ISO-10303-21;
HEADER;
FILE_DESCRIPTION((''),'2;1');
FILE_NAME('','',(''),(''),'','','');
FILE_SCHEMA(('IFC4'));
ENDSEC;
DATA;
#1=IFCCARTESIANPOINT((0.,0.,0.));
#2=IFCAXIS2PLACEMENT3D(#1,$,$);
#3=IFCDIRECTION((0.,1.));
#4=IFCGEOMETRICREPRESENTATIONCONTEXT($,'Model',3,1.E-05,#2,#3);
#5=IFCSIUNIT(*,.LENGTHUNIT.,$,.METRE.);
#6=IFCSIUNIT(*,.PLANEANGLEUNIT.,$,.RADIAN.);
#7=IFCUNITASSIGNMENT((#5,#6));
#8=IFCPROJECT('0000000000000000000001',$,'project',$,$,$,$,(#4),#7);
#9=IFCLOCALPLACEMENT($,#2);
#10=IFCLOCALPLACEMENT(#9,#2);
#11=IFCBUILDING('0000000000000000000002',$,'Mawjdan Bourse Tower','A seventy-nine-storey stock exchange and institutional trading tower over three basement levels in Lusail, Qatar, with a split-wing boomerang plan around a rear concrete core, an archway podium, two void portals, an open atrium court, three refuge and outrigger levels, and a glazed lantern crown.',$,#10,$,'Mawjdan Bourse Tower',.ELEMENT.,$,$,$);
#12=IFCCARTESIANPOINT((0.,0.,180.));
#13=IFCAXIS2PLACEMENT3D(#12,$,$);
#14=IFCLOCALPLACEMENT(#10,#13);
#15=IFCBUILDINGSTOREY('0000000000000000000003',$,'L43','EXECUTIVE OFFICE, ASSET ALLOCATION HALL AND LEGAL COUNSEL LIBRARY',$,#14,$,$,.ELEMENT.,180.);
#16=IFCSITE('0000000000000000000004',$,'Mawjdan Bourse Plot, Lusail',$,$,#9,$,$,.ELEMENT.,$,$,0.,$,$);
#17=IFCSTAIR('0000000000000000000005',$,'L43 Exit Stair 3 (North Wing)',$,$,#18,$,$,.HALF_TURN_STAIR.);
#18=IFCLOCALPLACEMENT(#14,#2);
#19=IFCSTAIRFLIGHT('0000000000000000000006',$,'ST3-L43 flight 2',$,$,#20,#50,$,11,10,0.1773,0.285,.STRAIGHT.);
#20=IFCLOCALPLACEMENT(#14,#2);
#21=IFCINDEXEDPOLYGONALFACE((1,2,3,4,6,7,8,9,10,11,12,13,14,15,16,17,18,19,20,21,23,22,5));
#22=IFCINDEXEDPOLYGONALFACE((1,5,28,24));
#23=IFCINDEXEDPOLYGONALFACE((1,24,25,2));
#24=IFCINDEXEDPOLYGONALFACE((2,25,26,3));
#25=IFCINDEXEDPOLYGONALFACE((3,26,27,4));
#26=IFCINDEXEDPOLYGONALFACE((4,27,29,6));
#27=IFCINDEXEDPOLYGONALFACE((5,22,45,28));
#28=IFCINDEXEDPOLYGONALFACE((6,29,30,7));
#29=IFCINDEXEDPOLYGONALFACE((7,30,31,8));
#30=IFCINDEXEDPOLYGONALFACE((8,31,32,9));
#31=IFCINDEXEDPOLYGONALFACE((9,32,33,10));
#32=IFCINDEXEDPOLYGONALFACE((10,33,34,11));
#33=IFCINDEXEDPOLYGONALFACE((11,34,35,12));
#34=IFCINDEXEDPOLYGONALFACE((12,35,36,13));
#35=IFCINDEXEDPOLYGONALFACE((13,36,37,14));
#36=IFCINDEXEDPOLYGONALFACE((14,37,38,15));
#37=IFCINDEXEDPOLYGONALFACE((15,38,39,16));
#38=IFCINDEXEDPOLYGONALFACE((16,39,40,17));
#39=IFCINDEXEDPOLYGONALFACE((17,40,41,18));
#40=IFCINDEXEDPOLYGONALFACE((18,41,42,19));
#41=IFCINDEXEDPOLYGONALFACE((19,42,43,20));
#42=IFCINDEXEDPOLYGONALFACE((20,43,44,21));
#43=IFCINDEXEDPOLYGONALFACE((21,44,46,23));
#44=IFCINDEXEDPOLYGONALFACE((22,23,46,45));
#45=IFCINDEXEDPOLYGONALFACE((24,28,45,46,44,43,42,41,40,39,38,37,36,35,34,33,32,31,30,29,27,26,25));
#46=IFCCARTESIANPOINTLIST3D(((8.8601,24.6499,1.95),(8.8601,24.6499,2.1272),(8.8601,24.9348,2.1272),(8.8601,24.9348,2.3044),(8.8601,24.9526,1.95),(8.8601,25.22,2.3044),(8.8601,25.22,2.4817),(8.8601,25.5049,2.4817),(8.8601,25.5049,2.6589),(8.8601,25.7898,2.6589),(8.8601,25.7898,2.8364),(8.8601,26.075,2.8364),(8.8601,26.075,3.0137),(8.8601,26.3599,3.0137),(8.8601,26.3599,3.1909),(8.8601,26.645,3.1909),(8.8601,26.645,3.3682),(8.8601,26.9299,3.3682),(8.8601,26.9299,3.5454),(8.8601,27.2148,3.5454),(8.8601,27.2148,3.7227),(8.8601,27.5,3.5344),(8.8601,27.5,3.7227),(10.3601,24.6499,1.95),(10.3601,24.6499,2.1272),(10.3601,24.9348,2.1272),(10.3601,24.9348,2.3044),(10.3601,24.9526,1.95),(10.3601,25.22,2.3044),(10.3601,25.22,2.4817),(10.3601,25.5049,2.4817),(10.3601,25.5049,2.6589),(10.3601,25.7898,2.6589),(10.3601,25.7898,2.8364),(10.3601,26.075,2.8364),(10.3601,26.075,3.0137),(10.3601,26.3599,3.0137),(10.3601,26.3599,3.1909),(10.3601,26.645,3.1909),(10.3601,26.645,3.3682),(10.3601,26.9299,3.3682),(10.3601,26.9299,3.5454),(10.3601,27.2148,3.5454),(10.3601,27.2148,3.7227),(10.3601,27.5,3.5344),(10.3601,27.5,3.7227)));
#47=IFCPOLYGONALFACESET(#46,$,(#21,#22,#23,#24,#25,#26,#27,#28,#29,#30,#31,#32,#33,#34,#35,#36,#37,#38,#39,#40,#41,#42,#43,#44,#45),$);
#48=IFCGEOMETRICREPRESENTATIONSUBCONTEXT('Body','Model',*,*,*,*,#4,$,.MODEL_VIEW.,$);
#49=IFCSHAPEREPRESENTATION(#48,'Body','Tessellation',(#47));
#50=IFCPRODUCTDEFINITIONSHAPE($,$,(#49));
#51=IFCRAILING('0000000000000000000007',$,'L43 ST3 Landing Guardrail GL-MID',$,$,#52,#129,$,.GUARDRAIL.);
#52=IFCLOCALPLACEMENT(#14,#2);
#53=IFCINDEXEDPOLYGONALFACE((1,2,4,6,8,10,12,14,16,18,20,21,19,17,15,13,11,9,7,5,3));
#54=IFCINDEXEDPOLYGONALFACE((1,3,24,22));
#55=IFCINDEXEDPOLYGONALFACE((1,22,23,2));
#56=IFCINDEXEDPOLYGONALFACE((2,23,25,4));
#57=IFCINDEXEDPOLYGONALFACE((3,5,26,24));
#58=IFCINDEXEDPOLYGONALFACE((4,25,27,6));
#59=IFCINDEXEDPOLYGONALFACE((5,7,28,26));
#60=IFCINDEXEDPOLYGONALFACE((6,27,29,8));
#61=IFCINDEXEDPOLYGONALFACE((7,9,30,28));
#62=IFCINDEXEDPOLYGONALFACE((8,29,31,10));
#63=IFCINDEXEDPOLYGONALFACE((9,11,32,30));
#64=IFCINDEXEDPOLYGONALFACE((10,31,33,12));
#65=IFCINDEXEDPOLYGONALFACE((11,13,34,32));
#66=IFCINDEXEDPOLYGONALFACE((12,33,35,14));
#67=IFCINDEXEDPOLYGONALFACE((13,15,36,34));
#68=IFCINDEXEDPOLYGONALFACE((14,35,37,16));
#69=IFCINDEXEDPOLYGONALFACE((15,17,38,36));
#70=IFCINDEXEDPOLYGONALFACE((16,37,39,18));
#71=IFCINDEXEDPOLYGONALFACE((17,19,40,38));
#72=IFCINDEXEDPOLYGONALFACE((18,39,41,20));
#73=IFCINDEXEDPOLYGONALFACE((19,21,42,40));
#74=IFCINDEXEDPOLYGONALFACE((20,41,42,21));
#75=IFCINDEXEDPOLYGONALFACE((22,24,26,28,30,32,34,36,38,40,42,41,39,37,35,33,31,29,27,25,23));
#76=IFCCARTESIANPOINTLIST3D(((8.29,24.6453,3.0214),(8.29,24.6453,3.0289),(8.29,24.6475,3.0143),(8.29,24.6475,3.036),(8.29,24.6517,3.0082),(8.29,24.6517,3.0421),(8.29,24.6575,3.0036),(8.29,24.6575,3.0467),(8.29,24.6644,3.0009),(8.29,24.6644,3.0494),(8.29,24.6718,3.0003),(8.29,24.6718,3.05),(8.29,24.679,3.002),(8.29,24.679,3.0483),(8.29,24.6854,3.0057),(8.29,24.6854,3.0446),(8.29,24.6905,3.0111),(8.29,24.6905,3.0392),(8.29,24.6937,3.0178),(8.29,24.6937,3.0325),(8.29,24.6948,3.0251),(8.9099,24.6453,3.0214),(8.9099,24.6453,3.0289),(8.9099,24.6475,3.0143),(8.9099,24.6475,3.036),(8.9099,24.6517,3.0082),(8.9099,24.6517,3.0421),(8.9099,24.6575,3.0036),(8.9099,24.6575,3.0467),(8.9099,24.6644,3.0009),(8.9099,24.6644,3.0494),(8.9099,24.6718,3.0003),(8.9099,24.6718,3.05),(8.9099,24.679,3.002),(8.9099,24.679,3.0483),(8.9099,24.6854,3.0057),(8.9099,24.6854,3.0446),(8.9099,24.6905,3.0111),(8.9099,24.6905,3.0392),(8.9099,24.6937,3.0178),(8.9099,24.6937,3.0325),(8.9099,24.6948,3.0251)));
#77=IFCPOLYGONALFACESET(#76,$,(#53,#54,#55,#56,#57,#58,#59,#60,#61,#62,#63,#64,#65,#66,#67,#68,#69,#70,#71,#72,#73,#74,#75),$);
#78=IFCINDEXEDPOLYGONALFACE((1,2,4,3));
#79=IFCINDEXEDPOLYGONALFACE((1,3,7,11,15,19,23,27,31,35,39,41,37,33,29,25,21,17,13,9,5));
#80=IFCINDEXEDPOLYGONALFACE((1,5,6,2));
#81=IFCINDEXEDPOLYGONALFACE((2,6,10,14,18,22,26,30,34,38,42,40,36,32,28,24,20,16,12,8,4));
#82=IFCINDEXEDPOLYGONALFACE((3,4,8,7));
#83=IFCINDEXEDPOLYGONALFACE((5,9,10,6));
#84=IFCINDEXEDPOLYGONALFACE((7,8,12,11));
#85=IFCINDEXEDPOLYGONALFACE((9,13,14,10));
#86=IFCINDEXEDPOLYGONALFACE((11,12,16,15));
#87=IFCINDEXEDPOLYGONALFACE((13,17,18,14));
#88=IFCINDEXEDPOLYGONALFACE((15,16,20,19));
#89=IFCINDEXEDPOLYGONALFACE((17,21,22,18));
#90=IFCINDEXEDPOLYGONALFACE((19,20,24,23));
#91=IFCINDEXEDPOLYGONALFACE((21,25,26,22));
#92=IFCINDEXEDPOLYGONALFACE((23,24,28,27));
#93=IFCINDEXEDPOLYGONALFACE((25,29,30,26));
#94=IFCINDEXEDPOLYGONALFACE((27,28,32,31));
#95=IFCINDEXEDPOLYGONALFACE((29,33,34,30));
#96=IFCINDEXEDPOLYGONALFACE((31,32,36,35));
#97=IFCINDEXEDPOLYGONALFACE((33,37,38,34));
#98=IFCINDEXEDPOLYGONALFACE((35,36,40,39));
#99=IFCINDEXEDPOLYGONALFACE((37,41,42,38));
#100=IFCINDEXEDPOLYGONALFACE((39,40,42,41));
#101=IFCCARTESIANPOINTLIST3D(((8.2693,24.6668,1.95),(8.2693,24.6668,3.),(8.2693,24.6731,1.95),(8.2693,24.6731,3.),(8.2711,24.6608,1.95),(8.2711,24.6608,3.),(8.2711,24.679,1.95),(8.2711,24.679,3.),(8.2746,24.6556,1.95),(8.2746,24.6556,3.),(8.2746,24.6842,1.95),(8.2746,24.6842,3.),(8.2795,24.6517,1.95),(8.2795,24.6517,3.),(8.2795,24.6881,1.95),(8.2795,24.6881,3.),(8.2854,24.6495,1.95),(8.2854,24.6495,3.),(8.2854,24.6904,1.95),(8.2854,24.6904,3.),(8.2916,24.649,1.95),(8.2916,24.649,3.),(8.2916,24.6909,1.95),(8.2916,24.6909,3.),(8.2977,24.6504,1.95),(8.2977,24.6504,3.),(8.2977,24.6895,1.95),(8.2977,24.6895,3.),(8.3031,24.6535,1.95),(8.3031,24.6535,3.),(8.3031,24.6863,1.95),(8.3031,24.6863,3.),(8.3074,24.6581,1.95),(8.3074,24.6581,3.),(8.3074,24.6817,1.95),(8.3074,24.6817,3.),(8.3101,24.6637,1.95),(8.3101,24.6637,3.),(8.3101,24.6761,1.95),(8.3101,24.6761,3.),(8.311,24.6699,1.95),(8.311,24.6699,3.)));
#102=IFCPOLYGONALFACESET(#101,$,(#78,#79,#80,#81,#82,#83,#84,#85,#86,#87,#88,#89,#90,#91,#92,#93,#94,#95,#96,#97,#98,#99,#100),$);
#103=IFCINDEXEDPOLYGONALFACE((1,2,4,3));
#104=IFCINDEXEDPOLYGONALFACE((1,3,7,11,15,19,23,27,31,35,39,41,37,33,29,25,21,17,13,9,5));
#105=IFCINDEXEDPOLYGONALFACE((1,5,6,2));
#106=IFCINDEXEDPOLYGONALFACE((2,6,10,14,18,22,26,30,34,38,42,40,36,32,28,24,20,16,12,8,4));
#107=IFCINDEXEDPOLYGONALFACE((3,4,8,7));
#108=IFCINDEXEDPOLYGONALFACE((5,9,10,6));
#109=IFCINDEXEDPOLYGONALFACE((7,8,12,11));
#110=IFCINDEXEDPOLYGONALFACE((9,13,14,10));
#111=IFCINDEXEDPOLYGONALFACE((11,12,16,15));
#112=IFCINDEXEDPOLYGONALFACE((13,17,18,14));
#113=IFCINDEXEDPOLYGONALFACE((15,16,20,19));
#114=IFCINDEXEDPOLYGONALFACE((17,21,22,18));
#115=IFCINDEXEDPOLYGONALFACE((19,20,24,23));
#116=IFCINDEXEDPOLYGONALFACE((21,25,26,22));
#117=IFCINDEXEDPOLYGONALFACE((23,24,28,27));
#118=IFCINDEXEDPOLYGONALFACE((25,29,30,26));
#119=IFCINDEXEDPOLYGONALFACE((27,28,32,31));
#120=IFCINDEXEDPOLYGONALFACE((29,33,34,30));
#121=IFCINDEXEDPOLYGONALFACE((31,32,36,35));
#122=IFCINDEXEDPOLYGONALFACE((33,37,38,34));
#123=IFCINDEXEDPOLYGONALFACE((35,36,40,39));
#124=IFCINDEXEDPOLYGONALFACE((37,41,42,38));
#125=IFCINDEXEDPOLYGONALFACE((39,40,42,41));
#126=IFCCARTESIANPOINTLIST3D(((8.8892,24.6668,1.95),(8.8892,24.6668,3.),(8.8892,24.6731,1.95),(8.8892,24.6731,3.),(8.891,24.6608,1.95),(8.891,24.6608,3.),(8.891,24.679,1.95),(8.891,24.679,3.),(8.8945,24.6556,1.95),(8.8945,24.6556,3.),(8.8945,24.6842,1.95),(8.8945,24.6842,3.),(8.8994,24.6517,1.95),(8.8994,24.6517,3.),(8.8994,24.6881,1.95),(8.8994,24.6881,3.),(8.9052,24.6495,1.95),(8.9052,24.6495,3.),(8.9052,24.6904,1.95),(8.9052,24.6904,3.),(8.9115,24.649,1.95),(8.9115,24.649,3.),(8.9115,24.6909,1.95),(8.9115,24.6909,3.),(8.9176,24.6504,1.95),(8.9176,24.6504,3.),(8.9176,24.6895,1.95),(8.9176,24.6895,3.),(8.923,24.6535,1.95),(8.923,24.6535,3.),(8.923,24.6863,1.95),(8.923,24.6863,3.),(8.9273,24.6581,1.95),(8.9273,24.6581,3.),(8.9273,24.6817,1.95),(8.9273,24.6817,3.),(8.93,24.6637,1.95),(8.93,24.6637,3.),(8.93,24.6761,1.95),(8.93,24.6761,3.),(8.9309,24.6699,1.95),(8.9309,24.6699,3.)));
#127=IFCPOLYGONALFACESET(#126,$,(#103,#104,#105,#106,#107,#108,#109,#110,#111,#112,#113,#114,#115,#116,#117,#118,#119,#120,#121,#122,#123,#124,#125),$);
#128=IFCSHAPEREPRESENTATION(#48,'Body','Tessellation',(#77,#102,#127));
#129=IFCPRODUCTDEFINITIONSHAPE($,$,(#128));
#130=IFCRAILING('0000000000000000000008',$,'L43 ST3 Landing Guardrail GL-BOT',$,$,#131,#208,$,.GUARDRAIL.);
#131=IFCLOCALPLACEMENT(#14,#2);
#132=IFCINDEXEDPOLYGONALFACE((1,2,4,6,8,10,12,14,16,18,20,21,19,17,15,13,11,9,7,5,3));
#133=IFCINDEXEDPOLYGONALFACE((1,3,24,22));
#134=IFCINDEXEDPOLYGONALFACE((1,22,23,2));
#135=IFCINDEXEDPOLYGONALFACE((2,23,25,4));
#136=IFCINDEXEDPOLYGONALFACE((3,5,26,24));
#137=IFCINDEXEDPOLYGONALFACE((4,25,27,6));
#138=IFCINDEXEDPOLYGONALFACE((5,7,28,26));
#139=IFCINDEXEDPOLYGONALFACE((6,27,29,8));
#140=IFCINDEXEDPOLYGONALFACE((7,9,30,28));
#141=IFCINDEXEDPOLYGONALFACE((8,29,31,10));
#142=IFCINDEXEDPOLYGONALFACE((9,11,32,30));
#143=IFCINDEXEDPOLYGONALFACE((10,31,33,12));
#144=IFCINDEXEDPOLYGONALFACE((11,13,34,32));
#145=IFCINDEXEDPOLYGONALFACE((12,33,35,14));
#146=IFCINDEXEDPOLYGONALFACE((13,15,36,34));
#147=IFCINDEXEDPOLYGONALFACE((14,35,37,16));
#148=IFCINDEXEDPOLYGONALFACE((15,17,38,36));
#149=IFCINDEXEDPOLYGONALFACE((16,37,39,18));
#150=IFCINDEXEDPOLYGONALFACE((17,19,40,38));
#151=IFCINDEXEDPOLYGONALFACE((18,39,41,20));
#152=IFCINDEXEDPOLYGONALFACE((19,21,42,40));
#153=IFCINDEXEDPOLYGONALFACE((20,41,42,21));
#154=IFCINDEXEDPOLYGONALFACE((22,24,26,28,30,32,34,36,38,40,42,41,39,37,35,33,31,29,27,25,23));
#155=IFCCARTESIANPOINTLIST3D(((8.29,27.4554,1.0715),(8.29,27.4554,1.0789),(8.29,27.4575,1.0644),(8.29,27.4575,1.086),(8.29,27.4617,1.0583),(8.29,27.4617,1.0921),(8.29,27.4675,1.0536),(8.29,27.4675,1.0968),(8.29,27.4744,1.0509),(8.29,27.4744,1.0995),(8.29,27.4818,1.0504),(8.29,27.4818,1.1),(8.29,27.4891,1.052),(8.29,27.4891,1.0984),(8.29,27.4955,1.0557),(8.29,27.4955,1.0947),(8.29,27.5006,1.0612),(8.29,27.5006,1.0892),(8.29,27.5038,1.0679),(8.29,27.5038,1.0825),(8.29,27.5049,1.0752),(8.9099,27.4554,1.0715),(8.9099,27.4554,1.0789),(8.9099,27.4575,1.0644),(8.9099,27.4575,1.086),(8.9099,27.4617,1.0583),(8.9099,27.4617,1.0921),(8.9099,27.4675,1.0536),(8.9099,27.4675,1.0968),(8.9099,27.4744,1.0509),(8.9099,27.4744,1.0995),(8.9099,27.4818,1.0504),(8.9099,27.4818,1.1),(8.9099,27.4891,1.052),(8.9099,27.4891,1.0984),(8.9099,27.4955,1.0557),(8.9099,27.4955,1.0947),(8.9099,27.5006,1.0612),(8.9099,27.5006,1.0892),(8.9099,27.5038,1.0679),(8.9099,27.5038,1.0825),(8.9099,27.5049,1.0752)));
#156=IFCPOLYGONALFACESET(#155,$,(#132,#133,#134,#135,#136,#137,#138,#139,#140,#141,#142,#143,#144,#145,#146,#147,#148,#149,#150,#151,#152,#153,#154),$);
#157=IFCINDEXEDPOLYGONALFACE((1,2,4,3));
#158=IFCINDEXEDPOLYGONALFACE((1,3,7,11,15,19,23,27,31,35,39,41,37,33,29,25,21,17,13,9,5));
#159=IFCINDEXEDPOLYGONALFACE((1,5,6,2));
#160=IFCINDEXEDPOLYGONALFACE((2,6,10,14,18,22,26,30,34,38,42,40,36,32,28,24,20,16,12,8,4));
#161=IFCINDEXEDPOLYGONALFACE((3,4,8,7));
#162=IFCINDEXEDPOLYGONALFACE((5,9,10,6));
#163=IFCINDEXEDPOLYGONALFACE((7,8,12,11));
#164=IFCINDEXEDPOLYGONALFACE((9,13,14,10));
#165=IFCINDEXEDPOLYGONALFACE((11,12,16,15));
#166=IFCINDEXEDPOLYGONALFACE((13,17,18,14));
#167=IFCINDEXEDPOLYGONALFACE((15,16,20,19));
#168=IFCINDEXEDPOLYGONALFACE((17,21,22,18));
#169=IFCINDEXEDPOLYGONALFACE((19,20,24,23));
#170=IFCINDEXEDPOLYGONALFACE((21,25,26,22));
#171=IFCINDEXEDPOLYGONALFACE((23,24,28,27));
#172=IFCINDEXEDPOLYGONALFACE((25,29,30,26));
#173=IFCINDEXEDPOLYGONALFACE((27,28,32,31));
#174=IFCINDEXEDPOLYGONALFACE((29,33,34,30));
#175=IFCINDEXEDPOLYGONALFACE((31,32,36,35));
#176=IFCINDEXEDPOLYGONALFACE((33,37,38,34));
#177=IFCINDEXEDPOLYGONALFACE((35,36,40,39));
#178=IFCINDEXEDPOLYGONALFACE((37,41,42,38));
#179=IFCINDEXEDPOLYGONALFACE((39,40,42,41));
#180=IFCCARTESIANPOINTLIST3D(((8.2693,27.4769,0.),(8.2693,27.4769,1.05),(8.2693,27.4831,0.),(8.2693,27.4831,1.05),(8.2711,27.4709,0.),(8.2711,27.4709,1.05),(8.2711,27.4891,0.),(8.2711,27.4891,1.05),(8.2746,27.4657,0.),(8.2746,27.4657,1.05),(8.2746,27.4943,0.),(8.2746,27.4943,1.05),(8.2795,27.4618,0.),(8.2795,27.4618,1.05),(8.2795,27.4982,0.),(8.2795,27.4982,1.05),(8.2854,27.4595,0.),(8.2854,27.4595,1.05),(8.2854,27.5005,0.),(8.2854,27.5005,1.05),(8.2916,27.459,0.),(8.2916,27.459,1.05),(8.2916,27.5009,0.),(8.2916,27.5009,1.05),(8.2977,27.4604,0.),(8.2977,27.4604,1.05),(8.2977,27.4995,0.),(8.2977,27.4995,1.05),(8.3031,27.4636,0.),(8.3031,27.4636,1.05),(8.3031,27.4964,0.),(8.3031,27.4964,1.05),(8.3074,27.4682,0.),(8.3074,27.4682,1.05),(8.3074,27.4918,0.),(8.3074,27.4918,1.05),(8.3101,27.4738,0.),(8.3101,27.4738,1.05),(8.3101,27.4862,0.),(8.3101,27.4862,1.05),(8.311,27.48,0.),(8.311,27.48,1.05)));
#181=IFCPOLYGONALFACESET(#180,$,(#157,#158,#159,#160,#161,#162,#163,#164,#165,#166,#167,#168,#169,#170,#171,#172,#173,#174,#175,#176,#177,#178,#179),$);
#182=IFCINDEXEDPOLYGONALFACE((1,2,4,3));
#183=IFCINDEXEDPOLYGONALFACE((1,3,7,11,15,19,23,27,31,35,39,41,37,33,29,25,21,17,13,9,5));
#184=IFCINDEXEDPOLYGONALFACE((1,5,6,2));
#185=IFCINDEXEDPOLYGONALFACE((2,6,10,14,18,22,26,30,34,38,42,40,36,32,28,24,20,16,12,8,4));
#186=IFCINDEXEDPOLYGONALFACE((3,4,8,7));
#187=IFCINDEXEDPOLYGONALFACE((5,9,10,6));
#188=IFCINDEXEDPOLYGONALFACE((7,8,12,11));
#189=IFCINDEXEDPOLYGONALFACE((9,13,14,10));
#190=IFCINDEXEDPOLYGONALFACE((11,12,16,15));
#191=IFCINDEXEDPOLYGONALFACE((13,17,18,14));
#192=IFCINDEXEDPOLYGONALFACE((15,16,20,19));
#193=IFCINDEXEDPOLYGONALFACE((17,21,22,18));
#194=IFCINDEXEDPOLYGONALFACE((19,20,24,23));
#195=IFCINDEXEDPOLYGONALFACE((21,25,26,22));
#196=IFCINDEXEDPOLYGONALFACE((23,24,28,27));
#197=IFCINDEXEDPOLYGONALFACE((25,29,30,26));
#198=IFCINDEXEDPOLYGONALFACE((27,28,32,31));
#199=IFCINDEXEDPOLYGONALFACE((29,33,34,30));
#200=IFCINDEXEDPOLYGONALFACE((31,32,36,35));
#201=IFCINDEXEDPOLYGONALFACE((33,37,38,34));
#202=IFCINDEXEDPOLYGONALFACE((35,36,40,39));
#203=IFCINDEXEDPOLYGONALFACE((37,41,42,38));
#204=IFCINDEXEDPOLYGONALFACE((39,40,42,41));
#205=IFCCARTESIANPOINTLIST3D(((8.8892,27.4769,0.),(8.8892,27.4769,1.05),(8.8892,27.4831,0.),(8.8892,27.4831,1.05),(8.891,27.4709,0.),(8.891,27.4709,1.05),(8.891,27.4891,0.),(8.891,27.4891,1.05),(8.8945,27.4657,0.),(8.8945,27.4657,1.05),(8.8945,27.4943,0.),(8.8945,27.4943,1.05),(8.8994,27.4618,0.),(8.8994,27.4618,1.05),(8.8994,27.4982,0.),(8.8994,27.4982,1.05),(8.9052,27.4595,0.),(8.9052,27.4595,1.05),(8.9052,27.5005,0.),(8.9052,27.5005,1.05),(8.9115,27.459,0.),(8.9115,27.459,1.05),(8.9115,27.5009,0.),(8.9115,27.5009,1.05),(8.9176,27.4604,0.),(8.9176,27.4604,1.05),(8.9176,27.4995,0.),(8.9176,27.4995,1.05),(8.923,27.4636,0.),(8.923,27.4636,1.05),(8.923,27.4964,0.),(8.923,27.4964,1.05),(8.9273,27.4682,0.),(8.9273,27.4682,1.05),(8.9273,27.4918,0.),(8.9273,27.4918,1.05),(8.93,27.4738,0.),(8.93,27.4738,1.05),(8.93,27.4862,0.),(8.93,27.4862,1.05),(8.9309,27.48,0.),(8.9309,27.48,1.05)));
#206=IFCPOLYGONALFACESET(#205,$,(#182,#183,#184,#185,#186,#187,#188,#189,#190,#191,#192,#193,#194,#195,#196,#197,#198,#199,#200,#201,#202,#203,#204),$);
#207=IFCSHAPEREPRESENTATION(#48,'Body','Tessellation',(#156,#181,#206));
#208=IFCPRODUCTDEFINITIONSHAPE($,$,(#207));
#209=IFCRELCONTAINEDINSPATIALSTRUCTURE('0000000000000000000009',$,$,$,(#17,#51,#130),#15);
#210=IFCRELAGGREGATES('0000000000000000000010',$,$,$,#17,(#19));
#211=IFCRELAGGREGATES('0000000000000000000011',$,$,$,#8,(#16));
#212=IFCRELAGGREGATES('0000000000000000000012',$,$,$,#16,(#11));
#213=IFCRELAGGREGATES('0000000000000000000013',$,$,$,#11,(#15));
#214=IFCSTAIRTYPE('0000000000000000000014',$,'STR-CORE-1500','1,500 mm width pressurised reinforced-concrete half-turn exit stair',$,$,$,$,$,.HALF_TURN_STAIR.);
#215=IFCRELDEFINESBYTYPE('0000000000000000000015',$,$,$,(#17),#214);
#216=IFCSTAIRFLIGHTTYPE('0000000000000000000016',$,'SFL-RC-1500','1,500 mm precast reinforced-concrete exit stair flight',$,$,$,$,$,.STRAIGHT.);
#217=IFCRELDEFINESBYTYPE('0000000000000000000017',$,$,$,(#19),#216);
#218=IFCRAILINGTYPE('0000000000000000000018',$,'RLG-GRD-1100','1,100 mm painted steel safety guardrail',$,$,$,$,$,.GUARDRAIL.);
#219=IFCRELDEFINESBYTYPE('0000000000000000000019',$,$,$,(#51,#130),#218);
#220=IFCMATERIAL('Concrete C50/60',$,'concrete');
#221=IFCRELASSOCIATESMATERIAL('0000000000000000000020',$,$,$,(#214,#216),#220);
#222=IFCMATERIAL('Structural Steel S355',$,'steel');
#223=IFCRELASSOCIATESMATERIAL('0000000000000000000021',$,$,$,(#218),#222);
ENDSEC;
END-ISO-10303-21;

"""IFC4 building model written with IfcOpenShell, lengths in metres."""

from ifc_helpers import new_model, si_unit, direction, frame, origin, origin_2d, place, context, subcontext, project, spatial, polyline, circle, outline, extrude, material, type_object, element, aggregate, save


model = new_model("IFC4")

# Units and contexts
model_context = context("Model", 3, precision=1e-05, world=origin(), true_north=direction((0.0, 1.0)))
body_context = subcontext(model_context, "Body", "Model", "MODEL_VIEW")
ifc_project = project(units=[si_unit("LENGTHUNIT", "METRE"), si_unit("PLANEANGLEUNIT", "RADIAN")], contexts=[model_context])

# Site, building, storey
site_placement = place(None, origin())
site = spatial("IfcSite", under=ifc_project, at=site_placement, Name="Mawjdan Bourse Plot, Lusail", CompositionType="ELEMENT", RefElevation=0.0)
building_placement = place(site_placement, origin())
building = spatial("IfcBuilding", under=site, at=building_placement, Name="Mawjdan Bourse Tower", Description="A seventy-nine-storey stock exchange and institutional trading tower over three basement levels in Lusail, Qatar, with a split-wing boomerang plan around a rear concrete core, an archway podium, two void portals, an open atrium court, three refuge and outrigger levels, and a glazed lantern crown.", LongName="Mawjdan Bourse Tower", CompositionType="ELEMENT")
storey_placement = place(building_placement, frame((0.0, 0.0, 180.0)))
storey = spatial("IfcBuildingStorey", under=building, at=storey_placement, Name="L43", Description="EXECUTIVE OFFICE, ASSET ALLOCATION HALL AND LEGAL COUNSEL LIBRARY", CompositionType="ELEMENT", Elevation=180.0)

# Shared definitions
ifc_material_1 = material(Name="Structural Steel S355", Category="steel")

# Shared definitions
ifc_material_2 = material(Name="Concrete C50/60", Category="concrete")

# Stair, stair flight
stair_type = type_object("IfcStairType", Name="STR-CORE-1500", Description="1,500 mm width pressurised reinforced-concrete half-turn exit stair", PredefinedType="HALF_TURN_STAIR", material=ifc_material_2)
stair_placement = place(storey_placement, origin())
stair = element("IfcStair", 1, at=stair_placement, inside=storey, type_object=stair_type, Name="L43 Exit Stair 3 (North Wing)", PredefinedType="HALF_TURN_STAIR")
stair_flight_type = type_object("IfcStairFlightType", Name="SFL-RC-1500", Description="1,500 mm precast reinforced-concrete exit stair flight", PredefinedType="STRAIGHT", material=ifc_material_2)
stair_flight_1_placement = place(storey_placement, frame((9.6101, 24.6499, 1.95), z_axis=(0.0, 0.0, 1.0), x_axis=(0.0, 1.0, 0.0)))
stair_flight_1 = element("IfcStairFlight", 2, at=stair_flight_1_placement, type_object=stair_flight_type, Name="ST3-L43 flight 2", NumberOfRisers=11, NumberOfTreads=10, PredefinedType="STRAIGHT", RiserHeight=0.1773, TreadLength=0.285, context=body_context, shape_type="SweptSolid", body=[
    extrude(outline(polyline([(0.0, 0.0), (0.0, 0.1772), (0.2849, 0.1772), (0.2849, 0.3545), (0.5701, 0.3545), (0.5701, 0.5317), (0.855, 0.5317), (0.855, 0.709), (1.1399, 0.709), (1.1399, 0.8865), (1.425, 0.8865), (1.425, 1.0637), (1.71, 1.0637), (1.71, 1.241), (1.9951, 1.241), (1.9951, 1.4182), (2.28, 1.4182), (2.28, 1.5955), (2.5649, 1.5955), (2.5649, 1.7727), (2.8501, 1.7727), (2.8501, 1.95), (2.8501, 1.5845), (0.3027, 0.0), (0.0, 0.0)])), frame((0.0, 0.75, 0.0), z_axis=(0.0, -1.0, 0.0), x_axis=(1.0, 0.0, 0.0)), (0.0, 0.0, 1.0), 1.5),
])
aggregate(stair, [stair_flight_1])

# Railings
railing_type_1 = type_object("IfcRailingType", Name="RLG-GRD-1100", Description="1,100 mm painted steel safety guardrail", PredefinedType="GUARDRAIL", material=ifc_material_1)
for number, where, name in (
    (3, (8.29, 24.6699, 1.95), "L43 ST3 Landing Guardrail GL-MID"),
    (4, (8.29, 27.48, 0.0), "L43 ST3 Landing Guardrail GL-BOT"),
):
    element("IfcRailing", number, at=place(storey_placement, frame(where)), inside=storey, type_object=railing_type_1, Name=name, PredefinedType="GUARDRAIL", context=body_context, shape_type="SweptSolid", body=[
        extrude(circle(Radius=0.0249, at=origin_2d()), frame((0.0, 0.0, 1.0752), z_axis=(1.0, 0.0, 0.0), x_axis=(0.0, 1.0, 0.0)), (0.0, 0.0, 1.0), 0.6199),
        extrude(circle(Radius=0.021, at=origin_2d()), origin(), (0.0, 0.0, 1.0), 1.05),
        extrude(circle(Radius=0.021, at=origin_2d()), frame((0.6199, 0.0, 0.0)), (0.0, 0.0, 1.0), 1.05),
    ])

save(model, "model.ifc")
